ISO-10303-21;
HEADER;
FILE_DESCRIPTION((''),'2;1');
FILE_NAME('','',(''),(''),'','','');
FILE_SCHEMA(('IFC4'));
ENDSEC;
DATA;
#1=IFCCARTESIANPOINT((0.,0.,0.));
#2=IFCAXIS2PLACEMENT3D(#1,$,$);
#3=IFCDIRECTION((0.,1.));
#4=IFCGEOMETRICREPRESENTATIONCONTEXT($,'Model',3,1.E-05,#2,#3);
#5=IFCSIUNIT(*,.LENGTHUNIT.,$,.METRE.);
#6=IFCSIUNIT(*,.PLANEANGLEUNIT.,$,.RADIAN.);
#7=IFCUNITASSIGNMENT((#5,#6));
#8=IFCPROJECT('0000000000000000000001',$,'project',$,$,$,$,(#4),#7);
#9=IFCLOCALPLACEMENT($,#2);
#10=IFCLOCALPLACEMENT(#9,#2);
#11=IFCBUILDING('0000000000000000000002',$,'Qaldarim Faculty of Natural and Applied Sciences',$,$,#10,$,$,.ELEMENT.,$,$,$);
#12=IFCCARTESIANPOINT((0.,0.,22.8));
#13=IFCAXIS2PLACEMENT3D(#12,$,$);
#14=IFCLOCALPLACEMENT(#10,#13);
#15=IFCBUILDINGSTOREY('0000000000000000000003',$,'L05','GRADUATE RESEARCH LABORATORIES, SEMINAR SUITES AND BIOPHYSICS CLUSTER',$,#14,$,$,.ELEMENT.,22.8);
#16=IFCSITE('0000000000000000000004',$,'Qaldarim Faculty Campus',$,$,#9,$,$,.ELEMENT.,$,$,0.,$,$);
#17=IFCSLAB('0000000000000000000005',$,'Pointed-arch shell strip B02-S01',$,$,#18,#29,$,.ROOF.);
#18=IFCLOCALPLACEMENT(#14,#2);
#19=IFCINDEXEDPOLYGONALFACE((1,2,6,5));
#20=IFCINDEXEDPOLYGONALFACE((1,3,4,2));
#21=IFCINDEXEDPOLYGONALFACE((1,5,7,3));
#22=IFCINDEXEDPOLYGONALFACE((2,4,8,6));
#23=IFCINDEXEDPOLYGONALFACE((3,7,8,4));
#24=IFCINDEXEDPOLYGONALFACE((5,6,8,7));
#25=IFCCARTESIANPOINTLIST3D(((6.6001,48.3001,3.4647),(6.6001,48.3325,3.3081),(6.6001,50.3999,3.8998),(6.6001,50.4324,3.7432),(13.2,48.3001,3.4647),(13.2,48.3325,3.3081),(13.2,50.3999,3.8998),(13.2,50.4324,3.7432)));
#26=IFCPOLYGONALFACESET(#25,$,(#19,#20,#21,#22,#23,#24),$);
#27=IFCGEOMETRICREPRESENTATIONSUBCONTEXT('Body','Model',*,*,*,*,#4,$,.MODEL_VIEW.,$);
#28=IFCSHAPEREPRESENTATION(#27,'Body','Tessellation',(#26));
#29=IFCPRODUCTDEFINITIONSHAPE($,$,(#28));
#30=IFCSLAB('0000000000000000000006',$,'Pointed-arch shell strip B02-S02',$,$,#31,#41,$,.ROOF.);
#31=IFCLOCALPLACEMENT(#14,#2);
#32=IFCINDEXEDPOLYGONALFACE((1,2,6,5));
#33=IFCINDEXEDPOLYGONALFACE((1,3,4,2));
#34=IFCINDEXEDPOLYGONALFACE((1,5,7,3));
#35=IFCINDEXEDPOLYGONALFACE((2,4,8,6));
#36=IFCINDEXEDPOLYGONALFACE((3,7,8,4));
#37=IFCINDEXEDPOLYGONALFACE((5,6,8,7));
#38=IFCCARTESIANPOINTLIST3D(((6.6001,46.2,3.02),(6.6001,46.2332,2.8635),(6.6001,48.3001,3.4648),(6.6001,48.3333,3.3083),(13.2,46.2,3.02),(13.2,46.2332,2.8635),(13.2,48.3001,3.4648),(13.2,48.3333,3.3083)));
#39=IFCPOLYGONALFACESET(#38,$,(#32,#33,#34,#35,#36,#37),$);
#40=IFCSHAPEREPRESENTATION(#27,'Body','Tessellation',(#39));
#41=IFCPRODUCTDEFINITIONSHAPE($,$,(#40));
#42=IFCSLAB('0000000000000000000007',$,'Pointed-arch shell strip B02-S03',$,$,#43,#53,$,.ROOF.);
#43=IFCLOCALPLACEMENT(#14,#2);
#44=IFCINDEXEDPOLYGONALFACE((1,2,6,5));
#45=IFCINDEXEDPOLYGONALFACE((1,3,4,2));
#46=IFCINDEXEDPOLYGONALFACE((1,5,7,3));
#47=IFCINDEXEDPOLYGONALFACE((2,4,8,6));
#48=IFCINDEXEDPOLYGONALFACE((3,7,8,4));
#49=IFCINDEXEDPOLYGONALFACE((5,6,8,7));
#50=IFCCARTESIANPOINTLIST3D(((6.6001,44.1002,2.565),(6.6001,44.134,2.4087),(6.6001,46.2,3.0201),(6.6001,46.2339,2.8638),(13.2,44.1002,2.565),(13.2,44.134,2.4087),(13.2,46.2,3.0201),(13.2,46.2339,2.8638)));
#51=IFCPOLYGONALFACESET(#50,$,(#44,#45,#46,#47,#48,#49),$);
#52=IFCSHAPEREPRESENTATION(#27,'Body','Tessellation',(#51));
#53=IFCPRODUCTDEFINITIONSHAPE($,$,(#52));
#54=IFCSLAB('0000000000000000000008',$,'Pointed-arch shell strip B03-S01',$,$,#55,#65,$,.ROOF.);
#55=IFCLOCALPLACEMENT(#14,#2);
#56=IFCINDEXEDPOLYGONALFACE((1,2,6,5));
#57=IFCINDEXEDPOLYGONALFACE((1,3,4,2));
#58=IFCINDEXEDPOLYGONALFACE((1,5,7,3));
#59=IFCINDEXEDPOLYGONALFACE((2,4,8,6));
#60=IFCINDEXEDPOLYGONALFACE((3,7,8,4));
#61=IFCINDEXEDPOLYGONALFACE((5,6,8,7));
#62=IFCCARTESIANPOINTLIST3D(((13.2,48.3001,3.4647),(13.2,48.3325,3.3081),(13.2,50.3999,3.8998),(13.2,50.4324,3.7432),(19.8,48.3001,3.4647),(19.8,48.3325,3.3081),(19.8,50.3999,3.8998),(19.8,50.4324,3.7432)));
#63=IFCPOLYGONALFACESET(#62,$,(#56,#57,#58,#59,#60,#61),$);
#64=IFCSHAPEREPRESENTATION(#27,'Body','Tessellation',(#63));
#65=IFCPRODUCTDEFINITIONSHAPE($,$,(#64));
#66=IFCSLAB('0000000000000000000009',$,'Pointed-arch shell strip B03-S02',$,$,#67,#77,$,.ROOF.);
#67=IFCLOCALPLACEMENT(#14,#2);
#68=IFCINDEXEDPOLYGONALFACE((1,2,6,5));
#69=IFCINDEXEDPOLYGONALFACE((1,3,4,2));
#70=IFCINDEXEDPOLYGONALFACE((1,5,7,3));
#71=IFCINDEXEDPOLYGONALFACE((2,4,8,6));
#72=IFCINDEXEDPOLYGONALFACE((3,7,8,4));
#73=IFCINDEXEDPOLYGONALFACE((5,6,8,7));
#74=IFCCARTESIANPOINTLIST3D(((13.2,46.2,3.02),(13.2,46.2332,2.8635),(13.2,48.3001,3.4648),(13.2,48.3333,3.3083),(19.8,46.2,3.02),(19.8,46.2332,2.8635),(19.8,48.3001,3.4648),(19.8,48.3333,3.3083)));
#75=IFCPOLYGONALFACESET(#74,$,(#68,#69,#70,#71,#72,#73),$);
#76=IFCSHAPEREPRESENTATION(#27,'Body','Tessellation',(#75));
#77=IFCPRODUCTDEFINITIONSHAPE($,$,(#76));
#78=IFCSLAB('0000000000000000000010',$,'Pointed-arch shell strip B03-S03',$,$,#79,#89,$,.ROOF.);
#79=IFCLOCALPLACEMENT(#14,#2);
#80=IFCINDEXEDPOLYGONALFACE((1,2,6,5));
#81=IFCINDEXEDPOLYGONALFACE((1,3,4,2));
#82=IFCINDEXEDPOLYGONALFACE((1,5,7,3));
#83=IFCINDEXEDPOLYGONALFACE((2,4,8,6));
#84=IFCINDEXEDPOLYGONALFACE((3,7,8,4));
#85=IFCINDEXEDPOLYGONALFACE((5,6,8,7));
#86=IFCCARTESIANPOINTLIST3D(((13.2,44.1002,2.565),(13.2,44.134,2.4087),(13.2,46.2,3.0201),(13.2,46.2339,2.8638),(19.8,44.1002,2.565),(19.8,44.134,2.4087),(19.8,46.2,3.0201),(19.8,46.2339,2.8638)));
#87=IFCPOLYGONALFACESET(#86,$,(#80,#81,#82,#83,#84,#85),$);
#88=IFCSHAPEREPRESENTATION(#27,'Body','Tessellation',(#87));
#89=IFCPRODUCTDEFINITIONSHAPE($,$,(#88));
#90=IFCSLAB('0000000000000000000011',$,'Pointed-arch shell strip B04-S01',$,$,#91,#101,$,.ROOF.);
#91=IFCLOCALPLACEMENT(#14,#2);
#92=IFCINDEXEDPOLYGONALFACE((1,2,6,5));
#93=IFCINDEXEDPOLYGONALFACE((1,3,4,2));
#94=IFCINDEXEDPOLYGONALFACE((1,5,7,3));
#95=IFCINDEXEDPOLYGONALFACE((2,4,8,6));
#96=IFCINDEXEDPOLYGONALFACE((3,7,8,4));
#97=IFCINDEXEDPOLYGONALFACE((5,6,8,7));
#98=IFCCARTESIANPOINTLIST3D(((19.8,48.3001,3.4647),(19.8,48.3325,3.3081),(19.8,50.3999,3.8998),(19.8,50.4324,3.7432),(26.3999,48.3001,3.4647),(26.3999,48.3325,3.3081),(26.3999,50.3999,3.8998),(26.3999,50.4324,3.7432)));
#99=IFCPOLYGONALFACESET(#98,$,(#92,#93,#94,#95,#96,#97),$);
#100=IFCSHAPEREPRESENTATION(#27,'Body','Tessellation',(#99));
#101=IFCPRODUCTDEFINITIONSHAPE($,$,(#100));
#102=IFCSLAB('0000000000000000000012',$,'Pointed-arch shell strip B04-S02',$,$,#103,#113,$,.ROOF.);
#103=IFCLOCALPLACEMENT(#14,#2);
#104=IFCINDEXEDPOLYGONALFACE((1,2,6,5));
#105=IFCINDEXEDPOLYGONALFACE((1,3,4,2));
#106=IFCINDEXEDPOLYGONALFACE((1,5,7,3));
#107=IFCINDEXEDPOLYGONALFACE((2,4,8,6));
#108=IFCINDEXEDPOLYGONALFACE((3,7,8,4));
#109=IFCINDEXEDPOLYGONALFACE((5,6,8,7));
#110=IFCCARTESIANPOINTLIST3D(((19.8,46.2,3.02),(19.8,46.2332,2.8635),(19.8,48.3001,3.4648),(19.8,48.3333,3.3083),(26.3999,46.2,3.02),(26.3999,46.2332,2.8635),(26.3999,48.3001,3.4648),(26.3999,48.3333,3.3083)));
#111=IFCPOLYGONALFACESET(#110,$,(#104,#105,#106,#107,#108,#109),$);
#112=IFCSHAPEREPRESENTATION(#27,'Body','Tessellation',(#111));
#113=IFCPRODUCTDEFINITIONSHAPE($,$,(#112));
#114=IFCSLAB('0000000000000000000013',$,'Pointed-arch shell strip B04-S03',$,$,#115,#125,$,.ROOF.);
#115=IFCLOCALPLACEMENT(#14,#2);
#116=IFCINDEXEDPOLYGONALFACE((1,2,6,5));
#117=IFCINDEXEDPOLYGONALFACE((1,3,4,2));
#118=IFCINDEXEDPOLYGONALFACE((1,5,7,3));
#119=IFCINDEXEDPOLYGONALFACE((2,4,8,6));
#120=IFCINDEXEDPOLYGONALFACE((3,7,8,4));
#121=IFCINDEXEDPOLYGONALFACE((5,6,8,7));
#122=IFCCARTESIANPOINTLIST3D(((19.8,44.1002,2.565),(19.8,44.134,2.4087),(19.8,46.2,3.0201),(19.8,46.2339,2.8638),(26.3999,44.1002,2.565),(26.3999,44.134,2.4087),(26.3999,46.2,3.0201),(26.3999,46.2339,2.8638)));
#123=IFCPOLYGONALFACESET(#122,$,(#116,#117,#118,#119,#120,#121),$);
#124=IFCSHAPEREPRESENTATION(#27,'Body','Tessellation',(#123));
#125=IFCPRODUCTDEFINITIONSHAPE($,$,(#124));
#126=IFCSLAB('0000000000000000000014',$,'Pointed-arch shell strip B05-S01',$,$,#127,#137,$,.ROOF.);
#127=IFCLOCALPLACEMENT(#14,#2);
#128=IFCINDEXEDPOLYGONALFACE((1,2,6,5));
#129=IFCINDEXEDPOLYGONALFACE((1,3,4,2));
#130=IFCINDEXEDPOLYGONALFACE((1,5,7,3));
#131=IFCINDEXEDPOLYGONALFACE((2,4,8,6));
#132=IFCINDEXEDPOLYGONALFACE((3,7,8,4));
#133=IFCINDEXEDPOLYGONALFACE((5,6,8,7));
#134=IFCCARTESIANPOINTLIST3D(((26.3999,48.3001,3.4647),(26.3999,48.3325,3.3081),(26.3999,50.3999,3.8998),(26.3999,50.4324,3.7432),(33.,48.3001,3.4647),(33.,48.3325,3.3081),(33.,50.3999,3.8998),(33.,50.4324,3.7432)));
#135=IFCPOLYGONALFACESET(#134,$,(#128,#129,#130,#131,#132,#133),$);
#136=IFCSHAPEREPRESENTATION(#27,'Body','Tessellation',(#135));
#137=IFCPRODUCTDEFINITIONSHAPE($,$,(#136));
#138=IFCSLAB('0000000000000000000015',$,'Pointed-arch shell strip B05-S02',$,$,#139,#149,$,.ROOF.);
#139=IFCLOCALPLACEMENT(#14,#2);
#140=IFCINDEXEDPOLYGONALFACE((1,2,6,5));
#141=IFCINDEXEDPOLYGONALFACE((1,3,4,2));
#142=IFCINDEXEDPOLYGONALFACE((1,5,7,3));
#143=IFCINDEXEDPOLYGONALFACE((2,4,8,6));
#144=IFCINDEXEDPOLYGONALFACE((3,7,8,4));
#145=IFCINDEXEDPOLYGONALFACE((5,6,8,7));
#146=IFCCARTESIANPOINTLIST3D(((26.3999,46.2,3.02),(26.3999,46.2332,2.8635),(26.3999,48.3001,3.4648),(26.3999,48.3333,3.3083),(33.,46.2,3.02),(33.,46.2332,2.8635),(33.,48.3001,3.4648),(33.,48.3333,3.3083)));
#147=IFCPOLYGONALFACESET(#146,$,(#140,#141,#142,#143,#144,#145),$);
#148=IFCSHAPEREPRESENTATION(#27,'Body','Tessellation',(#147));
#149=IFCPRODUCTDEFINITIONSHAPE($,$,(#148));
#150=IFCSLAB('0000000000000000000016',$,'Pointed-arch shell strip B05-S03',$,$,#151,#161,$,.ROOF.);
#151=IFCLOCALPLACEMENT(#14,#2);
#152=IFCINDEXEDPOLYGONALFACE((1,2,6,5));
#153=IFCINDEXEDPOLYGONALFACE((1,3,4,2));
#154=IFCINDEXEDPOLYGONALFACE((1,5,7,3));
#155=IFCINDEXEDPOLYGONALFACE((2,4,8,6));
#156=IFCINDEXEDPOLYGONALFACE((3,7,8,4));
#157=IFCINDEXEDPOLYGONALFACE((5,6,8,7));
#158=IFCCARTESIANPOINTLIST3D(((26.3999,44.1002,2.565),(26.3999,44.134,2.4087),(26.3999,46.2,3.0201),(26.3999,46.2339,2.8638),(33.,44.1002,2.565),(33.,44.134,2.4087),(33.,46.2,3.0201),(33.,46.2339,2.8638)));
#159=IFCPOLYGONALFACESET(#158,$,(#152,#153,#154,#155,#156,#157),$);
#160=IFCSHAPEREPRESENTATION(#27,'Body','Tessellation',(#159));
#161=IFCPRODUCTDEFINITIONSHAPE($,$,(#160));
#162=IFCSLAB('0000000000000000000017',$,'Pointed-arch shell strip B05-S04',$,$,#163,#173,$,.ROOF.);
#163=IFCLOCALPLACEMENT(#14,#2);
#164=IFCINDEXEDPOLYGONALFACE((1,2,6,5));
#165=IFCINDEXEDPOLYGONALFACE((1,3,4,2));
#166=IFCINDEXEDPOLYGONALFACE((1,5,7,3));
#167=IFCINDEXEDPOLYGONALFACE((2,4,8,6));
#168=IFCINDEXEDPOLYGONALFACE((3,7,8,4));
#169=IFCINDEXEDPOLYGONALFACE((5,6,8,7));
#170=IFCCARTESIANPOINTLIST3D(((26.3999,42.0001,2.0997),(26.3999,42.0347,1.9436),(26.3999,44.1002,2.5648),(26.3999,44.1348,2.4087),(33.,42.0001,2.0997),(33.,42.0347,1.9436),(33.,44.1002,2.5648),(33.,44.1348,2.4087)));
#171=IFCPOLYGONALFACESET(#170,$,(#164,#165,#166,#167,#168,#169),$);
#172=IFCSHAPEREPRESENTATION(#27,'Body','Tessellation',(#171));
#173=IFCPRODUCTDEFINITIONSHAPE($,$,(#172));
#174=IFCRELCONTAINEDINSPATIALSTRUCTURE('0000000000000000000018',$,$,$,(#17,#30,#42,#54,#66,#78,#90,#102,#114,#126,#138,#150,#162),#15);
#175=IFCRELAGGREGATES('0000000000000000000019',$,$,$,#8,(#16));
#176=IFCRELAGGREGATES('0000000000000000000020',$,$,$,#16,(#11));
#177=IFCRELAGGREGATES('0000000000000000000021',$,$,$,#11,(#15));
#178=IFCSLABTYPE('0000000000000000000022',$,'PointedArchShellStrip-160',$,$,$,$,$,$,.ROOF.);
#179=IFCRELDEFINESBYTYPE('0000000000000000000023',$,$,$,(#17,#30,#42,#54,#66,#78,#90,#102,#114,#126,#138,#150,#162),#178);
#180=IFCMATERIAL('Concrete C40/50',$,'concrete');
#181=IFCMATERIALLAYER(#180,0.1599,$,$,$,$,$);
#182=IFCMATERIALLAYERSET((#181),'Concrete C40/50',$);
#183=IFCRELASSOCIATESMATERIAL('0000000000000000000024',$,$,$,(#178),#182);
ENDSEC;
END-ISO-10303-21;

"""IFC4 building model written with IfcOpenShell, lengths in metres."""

from ifc_helpers import new_model, si_unit, direction, frame, origin, place, context, subcontext, project, spatial, polyline, outline, extrude, material, layer, layer_set, type_object, element, save


model = new_model("IFC4")

# Units and contexts
model_context = context("Model", 3, precision=1e-05, world=origin(), true_north=direction((0.0, 1.0)))
body_context = subcontext(model_context, "Body", "Model", "MODEL_VIEW")
ifc_project = project(units=[si_unit("LENGTHUNIT", "METRE"), si_unit("PLANEANGLEUNIT", "RADIAN")], contexts=[model_context])

# Site, building, storey
site_placement = place(None, origin())
site = spatial("IfcSite", under=ifc_project, at=site_placement, Name="Qaldarim Faculty Campus", CompositionType="ELEMENT", RefElevation=0.0)
building_placement = place(site_placement, origin())
building = spatial("IfcBuilding", under=site, at=building_placement, Name="Qaldarim Faculty of Natural and Applied Sciences", CompositionType="ELEMENT")
storey_placement = place(building_placement, frame((0.0, 0.0, 22.8)))
storey = spatial("IfcBuildingStorey", under=building, at=storey_placement, Name="L05", Description="GRADUATE RESEARCH LABORATORIES, SEMINAR SUITES AND BIOPHYSICS CLUSTER", CompositionType="ELEMENT", Elevation=22.8)

# Slabs
ifc_material_1 = material(Name="Concrete C40/50", Category="concrete")
ifc_layer_1 = layer(ifc_material_1, 0.1599)
ifc_layer_set_1 = layer_set([ifc_layer_1], Name="Concrete C40/50")
slab_type = type_object("IfcSlabType", Name="PointedArchShellStrip-160", PredefinedType="ROOF", material=ifc_layer_set_1)
slab_1_placement = place(storey_placement, frame((6.6001, 48.3325, 3.3081), z_axis=(0.0, -0.202877, 0.979204), x_axis=(1.0, 0.0, 0.0)))
element("IfcSlab", 1, at=slab_1_placement, inside=storey, type_object=slab_type, Name="Pointed-arch shell strip B02-S01", PredefinedType="ROOF", context=body_context, shape_type="SweptSolid", body=[
    extrude(outline(polyline([(0.0, 0.0), (6.5999, 0.0), (6.5999, 2.1444), (0.0, 2.1444), (0.0, 0.0)])), origin(), (0.0, 0.0, 1.0), 0.1599),
])
slab_2_placement = place(storey_placement, frame((6.6001, 46.2332, 2.8635), z_axis=(0.0, -0.207214, 0.978296), x_axis=(1.0, 0.0, 0.0)))
element("IfcSlab", 2, at=slab_2_placement, inside=storey, type_object=slab_type, Name="Pointed-arch shell strip B02-S02", PredefinedType="ROOF", context=body_context, shape_type="SweptSolid", body=[
    extrude(outline(polyline([(0.0, 0.0), (6.5999, 0.0), (6.5999, 2.1467), (0.0, 2.1467), (0.0, 0.0)])), origin(), (0.0, 0.0, 1.0), 0.1599),
])
slab_3_placement = place(storey_placement, frame((6.6001, 44.134, 2.4087), z_axis=(0.0, -0.211802, 0.977313), x_axis=(1.0, 0.0, 0.0)))
element("IfcSlab", 3, at=slab_3_placement, inside=storey, type_object=slab_type, Name="Pointed-arch shell strip B02-S03", PredefinedType="ROOF", context=body_context, shape_type="SweptSolid", body=[
    extrude(outline(polyline([(0.0, 0.0), (6.5999, 0.0), (6.5999, 2.1486), (0.0, 2.1486), (0.0, 0.0)])), origin(), (0.0, 0.0, 1.0), 0.1599),
])
slab_4_placement = place(storey_placement, frame((13.2, 48.3325, 3.3081), z_axis=(0.0, -0.202877, 0.979204), x_axis=(1.0, 0.0, 0.0)))
element("IfcSlab", 4, at=slab_4_placement, inside=storey, type_object=slab_type, Name="Pointed-arch shell strip B03-S01", PredefinedType="ROOF", context=body_context, shape_type="SweptSolid", body=[
    extrude(outline(polyline([(0.0, 0.0), (6.6001, 0.0), (6.6001, 2.1444), (0.0, 2.1444), (0.0, 0.0)])), origin(), (0.0, 0.0, 1.0), 0.1599),
])
slab_5_placement = place(storey_placement, frame((13.2, 46.2332, 2.8635), z_axis=(0.0, -0.207214, 0.978296), x_axis=(1.0, 0.0, 0.0)))
element("IfcSlab", 5, at=slab_5_placement, inside=storey, type_object=slab_type, Name="Pointed-arch shell strip B03-S02", PredefinedType="ROOF", context=body_context, shape_type="SweptSolid", body=[
    extrude(outline(polyline([(0.0, 0.0), (6.6001, 0.0), (6.6001, 2.1467), (0.0, 2.1467), (0.0, 0.0)])), origin(), (0.0, 0.0, 1.0), 0.1599),
])
slab_6_placement = place(storey_placement, frame((13.2, 44.134, 2.4087), z_axis=(0.0, -0.211802, 0.977313), x_axis=(1.0, 0.0, 0.0)))
element("IfcSlab", 6, at=slab_6_placement, inside=storey, type_object=slab_type, Name="Pointed-arch shell strip B03-S03", PredefinedType="ROOF", context=body_context, shape_type="SweptSolid", body=[
    extrude(outline(polyline([(0.0, 0.0), (6.6001, 0.0), (6.6001, 2.1486), (0.0, 2.1486), (0.0, 0.0)])), origin(), (0.0, 0.0, 1.0), 0.1599),
])
slab_7_placement = place(storey_placement, frame((19.8, 48.3325, 3.3081), z_axis=(0.0, -0.202877, 0.979204), x_axis=(1.0, 0.0, 0.0)))
element("IfcSlab", 7, at=slab_7_placement, inside=storey, type_object=slab_type, Name="Pointed-arch shell strip B04-S01", PredefinedType="ROOF", context=body_context, shape_type="SweptSolid", body=[
    extrude(outline(polyline([(0.0, 0.0), (6.5999, 0.0), (6.5999, 2.1444), (0.0, 2.1444), (0.0, 0.0)])), origin(), (0.0, 0.0, 1.0), 0.1599),
])
slab_8_placement = place(storey_placement, frame((19.8, 46.2332, 2.8635), z_axis=(0.0, -0.207214, 0.978296), x_axis=(1.0, 0.0, 0.0)))
element("IfcSlab", 8, at=slab_8_placement, inside=storey, type_object=slab_type, Name="Pointed-arch shell strip B04-S02", PredefinedType="ROOF", context=body_context, shape_type="SweptSolid", body=[
    extrude(outline(polyline([(0.0, 0.0), (6.5999, 0.0), (6.5999, 2.1467), (0.0, 2.1467), (0.0, 0.0)])), origin(), (0.0, 0.0, 1.0), 0.1599),
])
slab_9_placement = place(storey_placement, frame((19.8, 44.134, 2.4087), z_axis=(0.0, -0.211802, 0.977313), x_axis=(1.0, 0.0, 0.0)))
element("IfcSlab", 9, at=slab_9_placement, inside=storey, type_object=slab_type, Name="Pointed-arch shell strip B04-S03", PredefinedType="ROOF", context=body_context, shape_type="SweptSolid", body=[
    extrude(outline(polyline([(0.0, 0.0), (6.5999, 0.0), (6.5999, 2.1486), (0.0, 2.1486), (0.0, 0.0)])), origin(), (0.0, 0.0, 1.0), 0.1599),
])
slab_10_placement = place(storey_placement, frame((26.3999, 48.3325, 3.3081), z_axis=(0.0, -0.202877, 0.979204), x_axis=(1.0, 0.0, 0.0)))
element("IfcSlab", 10, at=slab_10_placement, inside=storey, type_object=slab_type, Name="Pointed-arch shell strip B05-S01", PredefinedType="ROOF", context=body_context, shape_type="SweptSolid", body=[
    extrude(outline(polyline([(0.0, 0.0), (6.6001, 0.0), (6.6001, 2.1444), (0.0, 2.1444), (0.0, 0.0)])), origin(), (0.0, 0.0, 1.0), 0.1599),
])
slab_11_placement = place(storey_placement, frame((26.3999, 46.2332, 2.8635), z_axis=(0.0, -0.207214, 0.978296), x_axis=(1.0, 0.0, 0.0)))
element("IfcSlab", 11, at=slab_11_placement, inside=storey, type_object=slab_type, Name="Pointed-arch shell strip B05-S02", PredefinedType="ROOF", context=body_context, shape_type="SweptSolid", body=[
    extrude(outline(polyline([(0.0, 0.0), (6.6001, 0.0), (6.6001, 2.1467), (0.0, 2.1467), (0.0, 0.0)])), origin(), (0.0, 0.0, 1.0), 0.1599),
])
slab_12_placement = place(storey_placement, frame((26.3999, 44.134, 2.4087), z_axis=(0.0, -0.211802, 0.977313), x_axis=(1.0, 0.0, 0.0)))
element("IfcSlab", 12, at=slab_12_placement, inside=storey, type_object=slab_type, Name="Pointed-arch shell strip B05-S03", PredefinedType="ROOF", context=body_context, shape_type="SweptSolid", body=[
    extrude(outline(polyline([(0.0, 0.0), (6.6001, 0.0), (6.6001, 2.1486), (0.0, 2.1486), (0.0, 0.0)])), origin(), (0.0, 0.0, 1.0), 0.1599),
])
slab_13_placement = place(storey_placement, frame((26.3999, 42.0347, 1.9436), z_axis=(0.0, -0.216221, 0.976344), x_axis=(1.0, 0.0, 0.0)))
element("IfcSlab", 13, at=slab_13_placement, inside=storey, type_object=slab_type, Name="Pointed-arch shell strip B05-S04", PredefinedType="ROOF", context=body_context, shape_type="SweptSolid", body=[
    extrude(outline(polyline([(0.0, 0.0), (6.6001, 0.0), (6.6001, 2.151), (0.0, 2.151), (0.0, 0.0)])), origin(), (0.0, 0.0, 1.0), 0.1599),
])

save(model, "model.ifc")
